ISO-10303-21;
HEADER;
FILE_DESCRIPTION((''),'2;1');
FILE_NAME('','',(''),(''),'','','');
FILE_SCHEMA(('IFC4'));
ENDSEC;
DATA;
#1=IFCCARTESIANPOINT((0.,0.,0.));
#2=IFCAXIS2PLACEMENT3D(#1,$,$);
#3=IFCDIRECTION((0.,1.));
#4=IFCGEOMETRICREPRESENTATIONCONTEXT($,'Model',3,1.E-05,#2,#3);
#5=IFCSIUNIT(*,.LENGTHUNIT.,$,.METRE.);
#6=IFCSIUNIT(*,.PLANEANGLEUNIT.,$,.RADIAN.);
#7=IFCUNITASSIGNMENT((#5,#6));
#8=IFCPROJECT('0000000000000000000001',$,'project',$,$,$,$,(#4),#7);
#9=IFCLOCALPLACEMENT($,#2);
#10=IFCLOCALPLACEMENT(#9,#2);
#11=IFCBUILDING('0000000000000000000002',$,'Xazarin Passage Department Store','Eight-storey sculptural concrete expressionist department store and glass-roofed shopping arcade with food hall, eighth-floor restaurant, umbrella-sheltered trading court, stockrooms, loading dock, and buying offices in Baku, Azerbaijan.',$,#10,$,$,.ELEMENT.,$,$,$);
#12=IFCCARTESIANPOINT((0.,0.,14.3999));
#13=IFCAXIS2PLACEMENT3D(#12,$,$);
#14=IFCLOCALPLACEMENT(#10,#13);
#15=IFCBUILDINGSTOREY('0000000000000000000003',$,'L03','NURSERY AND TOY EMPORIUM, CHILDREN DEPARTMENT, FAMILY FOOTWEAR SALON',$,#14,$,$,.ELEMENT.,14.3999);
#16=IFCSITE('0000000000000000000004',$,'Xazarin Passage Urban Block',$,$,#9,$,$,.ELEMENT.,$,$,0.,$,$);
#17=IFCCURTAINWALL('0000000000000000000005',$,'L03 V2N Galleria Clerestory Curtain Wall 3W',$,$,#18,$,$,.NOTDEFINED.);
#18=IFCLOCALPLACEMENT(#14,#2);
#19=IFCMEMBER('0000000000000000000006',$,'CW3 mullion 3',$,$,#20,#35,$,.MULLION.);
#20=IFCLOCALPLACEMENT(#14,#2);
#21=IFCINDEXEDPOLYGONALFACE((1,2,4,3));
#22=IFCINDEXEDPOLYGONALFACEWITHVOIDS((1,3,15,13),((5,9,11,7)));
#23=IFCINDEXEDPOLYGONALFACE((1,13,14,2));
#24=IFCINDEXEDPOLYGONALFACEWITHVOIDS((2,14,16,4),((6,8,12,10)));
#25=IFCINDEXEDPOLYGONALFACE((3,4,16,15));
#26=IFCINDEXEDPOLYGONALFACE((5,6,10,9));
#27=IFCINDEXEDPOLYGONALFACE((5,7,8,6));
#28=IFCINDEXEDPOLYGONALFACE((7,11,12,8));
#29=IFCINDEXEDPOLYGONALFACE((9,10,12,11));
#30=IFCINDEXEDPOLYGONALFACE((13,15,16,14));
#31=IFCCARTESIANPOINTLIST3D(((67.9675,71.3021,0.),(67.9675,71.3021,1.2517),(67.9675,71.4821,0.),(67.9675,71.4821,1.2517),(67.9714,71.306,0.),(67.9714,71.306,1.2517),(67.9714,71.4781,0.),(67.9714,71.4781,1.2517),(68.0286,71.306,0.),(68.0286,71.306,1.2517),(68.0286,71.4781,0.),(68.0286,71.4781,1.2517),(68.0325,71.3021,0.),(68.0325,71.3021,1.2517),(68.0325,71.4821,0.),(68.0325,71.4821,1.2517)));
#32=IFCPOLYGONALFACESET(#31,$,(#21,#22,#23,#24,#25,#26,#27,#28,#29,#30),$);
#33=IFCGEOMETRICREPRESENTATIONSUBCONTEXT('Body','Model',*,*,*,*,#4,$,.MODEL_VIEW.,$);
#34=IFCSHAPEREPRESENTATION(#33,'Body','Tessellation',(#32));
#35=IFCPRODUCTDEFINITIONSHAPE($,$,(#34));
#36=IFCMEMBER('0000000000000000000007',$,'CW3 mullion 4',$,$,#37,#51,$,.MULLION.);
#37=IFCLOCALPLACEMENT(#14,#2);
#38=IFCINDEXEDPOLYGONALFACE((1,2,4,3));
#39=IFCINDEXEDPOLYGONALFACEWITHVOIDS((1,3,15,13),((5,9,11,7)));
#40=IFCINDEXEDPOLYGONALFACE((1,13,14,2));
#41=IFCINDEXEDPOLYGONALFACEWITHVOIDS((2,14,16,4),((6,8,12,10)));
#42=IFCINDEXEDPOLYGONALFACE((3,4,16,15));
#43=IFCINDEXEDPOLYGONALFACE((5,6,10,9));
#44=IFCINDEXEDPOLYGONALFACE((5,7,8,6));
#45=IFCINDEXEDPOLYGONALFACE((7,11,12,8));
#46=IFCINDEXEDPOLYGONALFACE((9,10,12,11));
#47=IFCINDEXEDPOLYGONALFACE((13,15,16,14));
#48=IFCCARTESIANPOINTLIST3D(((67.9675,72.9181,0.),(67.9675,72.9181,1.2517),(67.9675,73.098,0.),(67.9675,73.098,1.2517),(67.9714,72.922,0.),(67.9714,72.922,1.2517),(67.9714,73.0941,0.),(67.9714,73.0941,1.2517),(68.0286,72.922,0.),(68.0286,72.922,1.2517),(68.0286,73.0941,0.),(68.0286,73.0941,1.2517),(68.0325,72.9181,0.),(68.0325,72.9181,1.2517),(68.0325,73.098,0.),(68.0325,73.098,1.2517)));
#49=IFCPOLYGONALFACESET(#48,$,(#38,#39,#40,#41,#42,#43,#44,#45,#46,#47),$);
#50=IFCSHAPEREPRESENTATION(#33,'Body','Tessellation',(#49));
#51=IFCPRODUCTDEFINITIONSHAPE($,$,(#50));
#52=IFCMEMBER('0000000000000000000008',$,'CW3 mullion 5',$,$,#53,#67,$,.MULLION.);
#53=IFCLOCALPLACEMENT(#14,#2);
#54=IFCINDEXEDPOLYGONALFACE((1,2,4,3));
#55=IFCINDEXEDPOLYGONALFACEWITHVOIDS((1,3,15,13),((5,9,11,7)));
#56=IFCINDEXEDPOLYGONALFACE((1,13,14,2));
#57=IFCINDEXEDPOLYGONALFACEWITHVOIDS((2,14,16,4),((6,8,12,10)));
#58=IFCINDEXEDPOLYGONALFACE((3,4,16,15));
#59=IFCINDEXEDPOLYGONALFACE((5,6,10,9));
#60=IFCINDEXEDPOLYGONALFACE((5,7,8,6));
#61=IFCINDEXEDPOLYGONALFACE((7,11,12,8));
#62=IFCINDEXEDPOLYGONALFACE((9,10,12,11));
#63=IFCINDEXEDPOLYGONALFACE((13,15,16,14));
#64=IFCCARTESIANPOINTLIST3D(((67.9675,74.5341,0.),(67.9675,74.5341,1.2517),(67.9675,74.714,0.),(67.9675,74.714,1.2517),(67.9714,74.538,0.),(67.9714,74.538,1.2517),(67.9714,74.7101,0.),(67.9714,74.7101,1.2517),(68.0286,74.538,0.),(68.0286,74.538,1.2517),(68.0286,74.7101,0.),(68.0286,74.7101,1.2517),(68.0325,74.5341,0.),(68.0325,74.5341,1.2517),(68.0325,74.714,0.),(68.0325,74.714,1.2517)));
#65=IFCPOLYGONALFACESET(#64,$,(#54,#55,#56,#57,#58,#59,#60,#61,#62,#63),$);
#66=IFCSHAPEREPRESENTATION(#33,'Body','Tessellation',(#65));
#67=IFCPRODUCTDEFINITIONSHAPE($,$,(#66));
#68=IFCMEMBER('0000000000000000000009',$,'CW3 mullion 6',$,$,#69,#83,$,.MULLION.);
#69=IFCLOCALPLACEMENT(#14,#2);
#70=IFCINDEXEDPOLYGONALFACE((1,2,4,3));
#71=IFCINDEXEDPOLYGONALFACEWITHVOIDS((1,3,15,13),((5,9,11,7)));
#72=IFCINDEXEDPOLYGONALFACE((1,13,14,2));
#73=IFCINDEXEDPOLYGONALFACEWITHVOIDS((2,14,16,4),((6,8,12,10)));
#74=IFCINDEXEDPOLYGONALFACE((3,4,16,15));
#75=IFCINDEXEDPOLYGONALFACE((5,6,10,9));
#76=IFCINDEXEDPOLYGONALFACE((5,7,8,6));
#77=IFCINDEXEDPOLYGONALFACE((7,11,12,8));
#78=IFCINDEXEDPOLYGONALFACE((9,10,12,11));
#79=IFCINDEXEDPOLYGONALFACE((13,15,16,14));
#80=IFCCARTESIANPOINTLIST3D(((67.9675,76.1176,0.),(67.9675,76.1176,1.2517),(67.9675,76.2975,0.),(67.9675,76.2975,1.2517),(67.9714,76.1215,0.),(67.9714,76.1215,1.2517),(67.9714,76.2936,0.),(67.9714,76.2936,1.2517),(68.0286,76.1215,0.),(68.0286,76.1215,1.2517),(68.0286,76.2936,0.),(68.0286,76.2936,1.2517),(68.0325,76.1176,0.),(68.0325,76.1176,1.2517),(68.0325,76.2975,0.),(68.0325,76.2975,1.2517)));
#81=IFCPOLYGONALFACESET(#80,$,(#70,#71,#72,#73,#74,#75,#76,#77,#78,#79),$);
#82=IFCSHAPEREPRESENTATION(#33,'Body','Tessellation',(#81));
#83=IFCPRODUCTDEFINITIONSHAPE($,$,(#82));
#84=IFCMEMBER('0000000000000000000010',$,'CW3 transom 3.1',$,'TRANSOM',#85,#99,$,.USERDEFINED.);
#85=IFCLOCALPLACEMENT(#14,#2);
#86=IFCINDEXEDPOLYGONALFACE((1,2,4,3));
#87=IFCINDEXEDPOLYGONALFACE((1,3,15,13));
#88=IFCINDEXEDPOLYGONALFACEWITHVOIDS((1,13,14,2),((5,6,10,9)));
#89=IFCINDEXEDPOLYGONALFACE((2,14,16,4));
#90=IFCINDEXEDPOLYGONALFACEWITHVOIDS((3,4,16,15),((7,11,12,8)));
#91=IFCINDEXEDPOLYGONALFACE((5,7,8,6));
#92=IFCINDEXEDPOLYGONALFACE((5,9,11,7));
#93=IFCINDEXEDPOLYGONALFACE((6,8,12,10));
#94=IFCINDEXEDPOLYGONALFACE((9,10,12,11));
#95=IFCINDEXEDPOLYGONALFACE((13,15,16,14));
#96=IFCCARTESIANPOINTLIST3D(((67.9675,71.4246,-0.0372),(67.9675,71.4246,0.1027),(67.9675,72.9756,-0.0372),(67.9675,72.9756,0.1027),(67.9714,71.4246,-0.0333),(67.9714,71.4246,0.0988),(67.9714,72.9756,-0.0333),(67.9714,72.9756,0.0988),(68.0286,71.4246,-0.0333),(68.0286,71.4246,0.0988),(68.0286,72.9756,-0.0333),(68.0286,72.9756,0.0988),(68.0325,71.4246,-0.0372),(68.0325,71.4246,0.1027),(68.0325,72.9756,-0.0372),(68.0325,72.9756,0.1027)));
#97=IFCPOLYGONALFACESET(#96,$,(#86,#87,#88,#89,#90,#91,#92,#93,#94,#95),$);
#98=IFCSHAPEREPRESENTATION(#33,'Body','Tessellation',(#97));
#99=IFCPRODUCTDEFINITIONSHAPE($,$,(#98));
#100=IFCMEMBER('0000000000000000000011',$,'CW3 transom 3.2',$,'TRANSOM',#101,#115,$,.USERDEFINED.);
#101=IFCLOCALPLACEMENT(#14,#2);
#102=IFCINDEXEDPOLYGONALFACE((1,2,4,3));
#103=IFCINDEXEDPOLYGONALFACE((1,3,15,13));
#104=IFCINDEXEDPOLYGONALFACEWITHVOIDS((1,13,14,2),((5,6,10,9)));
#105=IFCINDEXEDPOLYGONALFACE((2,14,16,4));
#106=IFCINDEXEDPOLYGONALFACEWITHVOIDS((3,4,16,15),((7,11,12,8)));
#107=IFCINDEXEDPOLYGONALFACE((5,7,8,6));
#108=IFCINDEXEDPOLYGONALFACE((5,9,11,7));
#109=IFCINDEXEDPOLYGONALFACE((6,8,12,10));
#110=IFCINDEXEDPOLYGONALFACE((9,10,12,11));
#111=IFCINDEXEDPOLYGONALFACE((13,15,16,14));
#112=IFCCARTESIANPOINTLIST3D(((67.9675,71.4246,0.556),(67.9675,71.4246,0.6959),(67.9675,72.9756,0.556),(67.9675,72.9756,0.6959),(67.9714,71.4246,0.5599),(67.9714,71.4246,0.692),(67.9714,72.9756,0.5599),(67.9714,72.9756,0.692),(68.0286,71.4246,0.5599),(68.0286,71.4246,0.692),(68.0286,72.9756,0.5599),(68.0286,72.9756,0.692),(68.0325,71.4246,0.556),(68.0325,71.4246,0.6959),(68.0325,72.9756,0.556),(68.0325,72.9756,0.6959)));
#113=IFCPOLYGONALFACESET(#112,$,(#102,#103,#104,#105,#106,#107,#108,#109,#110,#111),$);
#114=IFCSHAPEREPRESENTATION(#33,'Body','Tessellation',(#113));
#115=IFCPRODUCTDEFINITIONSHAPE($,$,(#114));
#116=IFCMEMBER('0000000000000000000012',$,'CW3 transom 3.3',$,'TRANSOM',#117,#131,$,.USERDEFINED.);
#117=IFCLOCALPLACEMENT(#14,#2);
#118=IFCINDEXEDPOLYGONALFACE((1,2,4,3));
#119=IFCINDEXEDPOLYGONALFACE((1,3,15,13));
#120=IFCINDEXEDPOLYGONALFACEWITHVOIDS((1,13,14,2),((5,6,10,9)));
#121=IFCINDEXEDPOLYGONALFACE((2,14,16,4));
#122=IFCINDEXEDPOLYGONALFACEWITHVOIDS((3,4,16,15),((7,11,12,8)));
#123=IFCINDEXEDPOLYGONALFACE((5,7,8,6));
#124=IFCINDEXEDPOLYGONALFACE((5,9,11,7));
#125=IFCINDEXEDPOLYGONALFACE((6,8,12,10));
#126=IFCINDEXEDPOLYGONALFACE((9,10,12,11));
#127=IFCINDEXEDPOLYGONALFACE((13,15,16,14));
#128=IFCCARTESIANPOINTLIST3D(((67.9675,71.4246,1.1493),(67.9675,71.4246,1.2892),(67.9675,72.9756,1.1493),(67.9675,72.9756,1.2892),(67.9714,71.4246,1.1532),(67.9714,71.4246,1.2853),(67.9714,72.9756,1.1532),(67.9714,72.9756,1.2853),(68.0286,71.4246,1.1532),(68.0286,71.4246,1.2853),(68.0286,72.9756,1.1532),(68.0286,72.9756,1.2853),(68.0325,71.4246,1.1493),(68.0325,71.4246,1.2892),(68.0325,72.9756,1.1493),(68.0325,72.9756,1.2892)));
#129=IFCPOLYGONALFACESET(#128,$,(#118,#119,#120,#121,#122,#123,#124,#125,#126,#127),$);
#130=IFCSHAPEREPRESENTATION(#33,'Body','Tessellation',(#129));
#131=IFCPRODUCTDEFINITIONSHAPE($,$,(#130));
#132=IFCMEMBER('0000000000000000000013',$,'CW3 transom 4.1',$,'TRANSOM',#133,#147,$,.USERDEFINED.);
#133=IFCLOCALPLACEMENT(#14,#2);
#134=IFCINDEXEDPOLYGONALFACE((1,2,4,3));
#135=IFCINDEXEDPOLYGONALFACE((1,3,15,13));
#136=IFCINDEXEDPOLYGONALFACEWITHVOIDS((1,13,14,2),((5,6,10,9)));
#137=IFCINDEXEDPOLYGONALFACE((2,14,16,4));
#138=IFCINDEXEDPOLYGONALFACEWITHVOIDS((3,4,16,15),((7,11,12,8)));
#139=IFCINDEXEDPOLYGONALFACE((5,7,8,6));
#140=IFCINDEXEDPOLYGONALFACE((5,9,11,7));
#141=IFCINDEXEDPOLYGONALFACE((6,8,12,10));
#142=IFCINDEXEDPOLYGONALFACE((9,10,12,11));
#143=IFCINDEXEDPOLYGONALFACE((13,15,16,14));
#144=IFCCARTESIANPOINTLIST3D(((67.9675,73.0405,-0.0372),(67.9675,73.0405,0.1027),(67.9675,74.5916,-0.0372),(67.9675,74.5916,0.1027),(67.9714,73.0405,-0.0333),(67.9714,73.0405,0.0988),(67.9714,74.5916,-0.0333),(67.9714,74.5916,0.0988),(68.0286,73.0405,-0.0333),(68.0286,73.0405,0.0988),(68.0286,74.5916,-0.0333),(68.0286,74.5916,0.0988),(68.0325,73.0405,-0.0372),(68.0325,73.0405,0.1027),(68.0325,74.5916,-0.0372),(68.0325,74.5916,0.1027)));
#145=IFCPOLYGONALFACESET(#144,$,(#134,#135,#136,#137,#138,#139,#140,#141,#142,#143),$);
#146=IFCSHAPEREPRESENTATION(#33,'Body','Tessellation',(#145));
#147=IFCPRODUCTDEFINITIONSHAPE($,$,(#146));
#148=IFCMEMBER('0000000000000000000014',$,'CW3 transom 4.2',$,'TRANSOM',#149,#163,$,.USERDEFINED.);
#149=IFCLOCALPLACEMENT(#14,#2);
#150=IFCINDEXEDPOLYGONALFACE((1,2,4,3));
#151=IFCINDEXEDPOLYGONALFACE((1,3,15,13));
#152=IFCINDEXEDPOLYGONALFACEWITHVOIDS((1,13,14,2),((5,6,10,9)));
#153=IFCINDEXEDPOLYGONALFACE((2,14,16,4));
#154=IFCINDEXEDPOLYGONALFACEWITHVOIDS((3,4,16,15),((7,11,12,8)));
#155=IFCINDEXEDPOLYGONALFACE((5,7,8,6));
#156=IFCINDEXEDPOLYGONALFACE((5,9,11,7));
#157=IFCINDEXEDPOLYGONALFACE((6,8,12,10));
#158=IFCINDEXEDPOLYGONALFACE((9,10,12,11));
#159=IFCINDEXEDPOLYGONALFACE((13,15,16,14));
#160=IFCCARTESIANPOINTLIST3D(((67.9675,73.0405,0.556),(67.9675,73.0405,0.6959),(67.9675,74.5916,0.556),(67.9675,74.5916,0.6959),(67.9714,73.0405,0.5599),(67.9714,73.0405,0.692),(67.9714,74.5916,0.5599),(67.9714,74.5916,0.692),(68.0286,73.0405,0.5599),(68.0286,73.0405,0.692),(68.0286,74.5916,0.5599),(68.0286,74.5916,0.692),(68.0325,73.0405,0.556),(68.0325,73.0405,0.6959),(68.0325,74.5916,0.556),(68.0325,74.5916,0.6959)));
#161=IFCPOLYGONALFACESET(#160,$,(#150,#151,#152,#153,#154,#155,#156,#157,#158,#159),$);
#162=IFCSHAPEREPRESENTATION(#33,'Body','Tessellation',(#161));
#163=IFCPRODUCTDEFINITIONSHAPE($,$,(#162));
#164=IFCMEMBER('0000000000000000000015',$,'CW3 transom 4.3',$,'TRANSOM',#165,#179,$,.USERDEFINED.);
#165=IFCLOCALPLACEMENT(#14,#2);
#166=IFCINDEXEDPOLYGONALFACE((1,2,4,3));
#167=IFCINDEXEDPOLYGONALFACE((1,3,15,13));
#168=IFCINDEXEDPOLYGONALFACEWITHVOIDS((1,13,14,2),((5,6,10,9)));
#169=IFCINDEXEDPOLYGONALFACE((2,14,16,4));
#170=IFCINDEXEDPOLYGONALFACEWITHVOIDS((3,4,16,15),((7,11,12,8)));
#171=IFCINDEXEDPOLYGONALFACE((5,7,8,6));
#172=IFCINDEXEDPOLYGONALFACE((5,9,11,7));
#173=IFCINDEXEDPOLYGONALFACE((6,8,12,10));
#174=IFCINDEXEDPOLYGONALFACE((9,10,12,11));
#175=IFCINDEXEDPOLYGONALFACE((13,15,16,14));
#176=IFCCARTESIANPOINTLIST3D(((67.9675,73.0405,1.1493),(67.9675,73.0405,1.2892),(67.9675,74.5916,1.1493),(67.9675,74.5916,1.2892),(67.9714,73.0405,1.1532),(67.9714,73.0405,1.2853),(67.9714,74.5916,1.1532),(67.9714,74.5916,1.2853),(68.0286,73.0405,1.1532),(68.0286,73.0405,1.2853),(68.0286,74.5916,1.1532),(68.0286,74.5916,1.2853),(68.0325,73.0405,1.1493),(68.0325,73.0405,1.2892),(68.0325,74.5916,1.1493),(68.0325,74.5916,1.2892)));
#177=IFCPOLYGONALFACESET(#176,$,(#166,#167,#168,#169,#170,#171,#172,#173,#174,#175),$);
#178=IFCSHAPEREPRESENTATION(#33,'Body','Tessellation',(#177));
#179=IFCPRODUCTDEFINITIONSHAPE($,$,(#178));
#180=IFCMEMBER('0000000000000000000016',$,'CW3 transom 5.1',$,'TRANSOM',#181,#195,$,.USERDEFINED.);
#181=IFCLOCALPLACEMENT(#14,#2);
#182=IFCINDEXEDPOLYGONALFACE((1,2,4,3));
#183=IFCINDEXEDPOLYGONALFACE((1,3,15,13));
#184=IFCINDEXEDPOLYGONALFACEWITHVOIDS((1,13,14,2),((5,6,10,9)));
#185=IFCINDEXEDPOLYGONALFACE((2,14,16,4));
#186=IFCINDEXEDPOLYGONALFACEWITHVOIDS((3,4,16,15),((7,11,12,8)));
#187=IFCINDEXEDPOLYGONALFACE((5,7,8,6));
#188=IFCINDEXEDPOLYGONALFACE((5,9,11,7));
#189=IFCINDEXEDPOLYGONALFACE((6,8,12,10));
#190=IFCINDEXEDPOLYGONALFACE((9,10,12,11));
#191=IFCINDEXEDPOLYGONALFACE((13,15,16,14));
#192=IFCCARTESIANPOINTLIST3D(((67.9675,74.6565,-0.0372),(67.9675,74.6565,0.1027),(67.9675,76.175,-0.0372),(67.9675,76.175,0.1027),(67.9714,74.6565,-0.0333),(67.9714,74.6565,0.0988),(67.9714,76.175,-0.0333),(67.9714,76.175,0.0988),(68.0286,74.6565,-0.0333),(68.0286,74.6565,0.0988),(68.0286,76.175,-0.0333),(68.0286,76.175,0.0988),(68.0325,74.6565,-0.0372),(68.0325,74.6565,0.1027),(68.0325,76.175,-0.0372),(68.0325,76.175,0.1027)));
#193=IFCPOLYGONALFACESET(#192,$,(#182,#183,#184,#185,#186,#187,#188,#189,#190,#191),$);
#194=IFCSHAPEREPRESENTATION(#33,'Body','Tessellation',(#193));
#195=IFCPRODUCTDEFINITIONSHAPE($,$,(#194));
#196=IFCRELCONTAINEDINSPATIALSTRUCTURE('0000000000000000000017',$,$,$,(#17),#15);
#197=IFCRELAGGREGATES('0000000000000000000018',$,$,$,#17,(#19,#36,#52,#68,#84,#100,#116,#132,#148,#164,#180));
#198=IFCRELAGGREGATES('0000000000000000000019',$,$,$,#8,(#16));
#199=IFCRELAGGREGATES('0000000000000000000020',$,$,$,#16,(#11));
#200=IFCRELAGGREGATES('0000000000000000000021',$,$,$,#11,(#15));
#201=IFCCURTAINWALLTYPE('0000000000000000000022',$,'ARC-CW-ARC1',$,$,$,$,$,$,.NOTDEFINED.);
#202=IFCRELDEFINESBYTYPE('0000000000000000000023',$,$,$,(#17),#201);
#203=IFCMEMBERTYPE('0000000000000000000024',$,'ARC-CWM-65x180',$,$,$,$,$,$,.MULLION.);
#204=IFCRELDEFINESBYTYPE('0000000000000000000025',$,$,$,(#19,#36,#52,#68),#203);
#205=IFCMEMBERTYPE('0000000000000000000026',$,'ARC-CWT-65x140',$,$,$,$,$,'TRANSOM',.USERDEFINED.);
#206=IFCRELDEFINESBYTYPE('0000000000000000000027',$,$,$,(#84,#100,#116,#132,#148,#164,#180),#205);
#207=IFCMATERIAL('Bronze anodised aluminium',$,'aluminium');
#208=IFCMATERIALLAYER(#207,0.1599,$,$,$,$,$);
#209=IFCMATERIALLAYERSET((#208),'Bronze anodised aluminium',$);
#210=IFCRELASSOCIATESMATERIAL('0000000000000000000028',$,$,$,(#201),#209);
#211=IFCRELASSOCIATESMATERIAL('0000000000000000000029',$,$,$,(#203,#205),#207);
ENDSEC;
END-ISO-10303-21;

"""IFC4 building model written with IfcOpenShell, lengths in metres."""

from ifc_helpers import new_model, si_unit, direction, frame, origin, origin_2d, place, context, subcontext, project, spatial, hollow_rectangle, extrude, material, layer, layer_set, material_profile, profile_set, type_object, element, aggregate, save


model = new_model("IFC4")

# Units and contexts
model_context = context("Model", 3, precision=1e-05, world=origin(), true_north=direction((0.0, 1.0)))
body_context = subcontext(model_context, "Body", "Model", "MODEL_VIEW")
ifc_project = project(units=[si_unit("LENGTHUNIT", "METRE"), si_unit("PLANEANGLEUNIT", "RADIAN")], contexts=[model_context])

# Site, building, storey
site_placement = place(None, origin())
site = spatial("IfcSite", under=ifc_project, at=site_placement, Name="Xazarin Passage Urban Block", CompositionType="ELEMENT", RefElevation=0.0)
building_placement = place(site_placement, origin())
building = spatial("IfcBuilding", under=site, at=building_placement, Name="Xazarin Passage Department Store", Description="Eight-storey sculptural concrete expressionist department store and glass-roofed shopping arcade with food hall, eighth-floor restaurant, umbrella-sheltered trading court, stockrooms, loading dock, and buying offices in Baku, Azerbaijan.", CompositionType="ELEMENT")
storey_placement = place(building_placement, frame((0.0, 0.0, 14.3999)))
storey = spatial("IfcBuildingStorey", under=building, at=storey_placement, Name="L03", Description="NURSERY AND TOY EMPORIUM, CHILDREN DEPARTMENT, FAMILY FOOTWEAR SALON", CompositionType="ELEMENT", Elevation=14.3999)

# Curtain wall, members
ifc_material_1 = material(Name="Bronze anodised aluminium", Category="aluminium")
ifc_layer_1 = layer(ifc_material_1, 0.1599)
ifc_layer_set_1 = layer_set([ifc_layer_1], Name="Bronze anodised aluminium")
curtain_wall_type = type_object("IfcCurtainWallType", Name="ARC-CW-ARC1", PredefinedType="NOTDEFINED", material=ifc_layer_set_1)
curtain_wall_placement = place(storey_placement, origin())
curtain_wall = element("IfcCurtainWall", 1, at=curtain_wall_placement, inside=storey, type_object=curtain_wall_type, Name="L03 V2N Galleria Clerestory Curtain Wall 3W", PredefinedType="NOTDEFINED")
ifc_material_profile_1 = material_profile(ifc_material_1, hollow_rectangle(XDim=0.0649, YDim=0.1799, WallThickness=0.0039, at=origin_2d()), Name="ALU 65x180")
ifc_profile_set_1 = profile_set([ifc_material_profile_1], Name="Bronze anodised aluminium")
member_type_1 = type_object("IfcMemberType", Name="ARC-CWM-65x180", PredefinedType="MULLION", material=ifc_profile_set_1)
member_1_placement = place(storey_placement, frame((68.0, 71.3921, 0.0), z_axis=(0.0, 0.0, 1.0), x_axis=(-1.0, 0.0, 0.0)))
member_1 = element("IfcMember", 2, at=member_1_placement, type_object=member_type_1, Name="CW3 mullion 3", PredefinedType="MULLION", context=body_context, shape_type="SweptSolid", body=[
    extrude(hollow_rectangle(XDim=0.0649, YDim=0.1799, WallThickness=0.0039, at=origin_2d()), origin(), (0.0, 0.0, 1.0), 1.2517),
])
member_2_placement = place(storey_placement, frame((68.0, 73.0081, 0.0), z_axis=(0.0, 0.0, 1.0), x_axis=(-1.0, 0.0, 0.0)))
member_2 = element("IfcMember", 3, at=member_2_placement, type_object=member_type_1, Name="CW3 mullion 4", PredefinedType="MULLION", context=body_context, shape_type="SweptSolid", body=[
    extrude(hollow_rectangle(XDim=0.0649, YDim=0.1799, WallThickness=0.0039, at=origin_2d()), origin(), (0.0, 0.0, 1.0), 1.2517),
])
member_3_placement = place(storey_placement, frame((68.0, 74.624, 0.0), z_axis=(0.0, 0.0, 1.0), x_axis=(-1.0, 0.0, 0.0)))
member_3 = element("IfcMember", 4, at=member_3_placement, type_object=member_type_1, Name="CW3 mullion 5", PredefinedType="MULLION", context=body_context, shape_type="SweptSolid", body=[
    extrude(hollow_rectangle(XDim=0.0649, YDim=0.1799, WallThickness=0.0039, at=origin_2d()), origin(), (0.0, 0.0, 1.0), 1.2517),
])
member_4_placement = place(storey_placement, frame((68.0, 76.2075, 0.0), z_axis=(0.0, 0.0, 1.0), x_axis=(-1.0, 0.0, 0.0)))
member_4 = element("IfcMember", 5, at=member_4_placement, type_object=member_type_1, Name="CW3 mullion 6", PredefinedType="MULLION", context=body_context, shape_type="SweptSolid", body=[
    extrude(hollow_rectangle(XDim=0.0649, YDim=0.1799, WallThickness=0.0039, at=origin_2d()), origin(), (0.0, 0.0, 1.0), 1.2517),
])
ifc_material_profile_2 = material_profile(ifc_material_1, hollow_rectangle(XDim=0.0649, YDim=0.1399, WallThickness=0.0039, at=origin_2d()), Name="ALU 65x140")
ifc_profile_set_2 = profile_set([ifc_material_profile_2], Name="Bronze anodised aluminium")
member_type_2 = type_object("IfcMemberType", Name="ARC-CWT-65x140", ElementType="TRANSOM", PredefinedType="USERDEFINED", material=ifc_profile_set_2)
member_5_placement = place(storey_placement, frame((68.0, 71.4246, 0.0327), z_axis=(0.0, 1.0, 0.0), x_axis=(-1.0, 0.0, 0.0)))
member_5 = element("IfcMember", 6, at=member_5_placement, type_object=member_type_2, Name="CW3 transom 3.1", ObjectType="TRANSOM", PredefinedType="USERDEFINED", context=body_context, shape_type="SweptSolid", body=[
    extrude(hollow_rectangle(XDim=0.0649, YDim=0.1399, WallThickness=0.0039, at=origin_2d()), origin(), (0.0, 0.0, 1.0), 1.551),
])
member_6_placement = place(storey_placement, frame((68.0, 71.4246, 0.626), z_axis=(0.0, 1.0, 0.0), x_axis=(-1.0, 0.0, 0.0)))
member_6 = element("IfcMember", 7, at=member_6_placement, type_object=member_type_2, Name="CW3 transom 3.2", ObjectType="TRANSOM", PredefinedType="USERDEFINED", context=body_context, shape_type="SweptSolid", body=[
    extrude(hollow_rectangle(XDim=0.0649, YDim=0.1399, WallThickness=0.0039, at=origin_2d()), origin(), (0.0, 0.0, 1.0), 1.551),
])
member_7_placement = place(storey_placement, frame((68.0, 71.4246, 1.2192), z_axis=(0.0, 1.0, 0.0), x_axis=(-1.0, 0.0, 0.0)))
member_7 = element("IfcMember", 8, at=member_7_placement, type_object=member_type_2, Name="CW3 transom 3.3", ObjectType="TRANSOM", PredefinedType="USERDEFINED", context=body_context, shape_type="SweptSolid", body=[
    extrude(hollow_rectangle(XDim=0.0649, YDim=0.1399, WallThickness=0.0039, at=origin_2d()), origin(), (0.0, 0.0, 1.0), 1.551),
])
member_8_placement = place(storey_placement, frame((68.0, 73.0405, 0.0327), z_axis=(0.0, 1.0, 0.0), x_axis=(-1.0, 0.0, 0.0)))
member_8 = element("IfcMember", 9, at=member_8_placement, type_object=member_type_2, Name="CW3 transom 4.1", ObjectType="TRANSOM", PredefinedType="USERDEFINED", context=body_context, shape_type="SweptSolid", body=[
    extrude(hollow_rectangle(XDim=0.0649, YDim=0.1399, WallThickness=0.0039, at=origin_2d()), origin(), (0.0, 0.0, 1.0), 1.551),
])
member_9_placement = place(storey_placement, frame((68.0, 73.0405, 0.626), z_axis=(0.0, 1.0, 0.0), x_axis=(-1.0, 0.0, 0.0)))
member_9 = element("IfcMember", 10, at=member_9_placement, type_object=member_type_2, Name="CW3 transom 4.2", ObjectType="TRANSOM", PredefinedType="USERDEFINED", context=body_context, shape_type="SweptSolid", body=[
    extrude(hollow_rectangle(XDim=0.0649, YDim=0.1399, WallThickness=0.0039, at=origin_2d()), origin(), (0.0, 0.0, 1.0), 1.551),
])
member_10_placement = place(storey_placement, frame((68.0, 73.0405, 1.2192), z_axis=(0.0, 1.0, 0.0), x_axis=(-1.0, 0.0, 0.0)))
member_10 = element("IfcMember", 11, at=member_10_placement, type_object=member_type_2, Name="CW3 transom 4.3", ObjectType="TRANSOM", PredefinedType="USERDEFINED", context=body_context, shape_type="SweptSolid", body=[
    extrude(hollow_rectangle(XDim=0.0649, YDim=0.1399, WallThickness=0.0039, at=origin_2d()), origin(), (0.0, 0.0, 1.0), 1.551),
])
member_11_placement = place(storey_placement, frame((68.0, 74.6565, 0.0327), z_axis=(0.0, 1.0, 0.0), x_axis=(-1.0, 0.0, 0.0)))
member_11 = element("IfcMember", 12, at=member_11_placement, type_object=member_type_2, Name="CW3 transom 5.1", ObjectType="TRANSOM", PredefinedType="USERDEFINED", context=body_context, shape_type="SweptSolid", body=[
    extrude(hollow_rectangle(XDim=0.0649, YDim=0.1399, WallThickness=0.0039, at=origin_2d()), origin(), (0.0, 0.0, 1.0), 1.5186),
])
aggregate(curtain_wall, [member_1, member_2, member_3, member_4, member_5, member_6, member_7, member_8, member_9, member_10, member_11])

save(model, "model.ifc")
